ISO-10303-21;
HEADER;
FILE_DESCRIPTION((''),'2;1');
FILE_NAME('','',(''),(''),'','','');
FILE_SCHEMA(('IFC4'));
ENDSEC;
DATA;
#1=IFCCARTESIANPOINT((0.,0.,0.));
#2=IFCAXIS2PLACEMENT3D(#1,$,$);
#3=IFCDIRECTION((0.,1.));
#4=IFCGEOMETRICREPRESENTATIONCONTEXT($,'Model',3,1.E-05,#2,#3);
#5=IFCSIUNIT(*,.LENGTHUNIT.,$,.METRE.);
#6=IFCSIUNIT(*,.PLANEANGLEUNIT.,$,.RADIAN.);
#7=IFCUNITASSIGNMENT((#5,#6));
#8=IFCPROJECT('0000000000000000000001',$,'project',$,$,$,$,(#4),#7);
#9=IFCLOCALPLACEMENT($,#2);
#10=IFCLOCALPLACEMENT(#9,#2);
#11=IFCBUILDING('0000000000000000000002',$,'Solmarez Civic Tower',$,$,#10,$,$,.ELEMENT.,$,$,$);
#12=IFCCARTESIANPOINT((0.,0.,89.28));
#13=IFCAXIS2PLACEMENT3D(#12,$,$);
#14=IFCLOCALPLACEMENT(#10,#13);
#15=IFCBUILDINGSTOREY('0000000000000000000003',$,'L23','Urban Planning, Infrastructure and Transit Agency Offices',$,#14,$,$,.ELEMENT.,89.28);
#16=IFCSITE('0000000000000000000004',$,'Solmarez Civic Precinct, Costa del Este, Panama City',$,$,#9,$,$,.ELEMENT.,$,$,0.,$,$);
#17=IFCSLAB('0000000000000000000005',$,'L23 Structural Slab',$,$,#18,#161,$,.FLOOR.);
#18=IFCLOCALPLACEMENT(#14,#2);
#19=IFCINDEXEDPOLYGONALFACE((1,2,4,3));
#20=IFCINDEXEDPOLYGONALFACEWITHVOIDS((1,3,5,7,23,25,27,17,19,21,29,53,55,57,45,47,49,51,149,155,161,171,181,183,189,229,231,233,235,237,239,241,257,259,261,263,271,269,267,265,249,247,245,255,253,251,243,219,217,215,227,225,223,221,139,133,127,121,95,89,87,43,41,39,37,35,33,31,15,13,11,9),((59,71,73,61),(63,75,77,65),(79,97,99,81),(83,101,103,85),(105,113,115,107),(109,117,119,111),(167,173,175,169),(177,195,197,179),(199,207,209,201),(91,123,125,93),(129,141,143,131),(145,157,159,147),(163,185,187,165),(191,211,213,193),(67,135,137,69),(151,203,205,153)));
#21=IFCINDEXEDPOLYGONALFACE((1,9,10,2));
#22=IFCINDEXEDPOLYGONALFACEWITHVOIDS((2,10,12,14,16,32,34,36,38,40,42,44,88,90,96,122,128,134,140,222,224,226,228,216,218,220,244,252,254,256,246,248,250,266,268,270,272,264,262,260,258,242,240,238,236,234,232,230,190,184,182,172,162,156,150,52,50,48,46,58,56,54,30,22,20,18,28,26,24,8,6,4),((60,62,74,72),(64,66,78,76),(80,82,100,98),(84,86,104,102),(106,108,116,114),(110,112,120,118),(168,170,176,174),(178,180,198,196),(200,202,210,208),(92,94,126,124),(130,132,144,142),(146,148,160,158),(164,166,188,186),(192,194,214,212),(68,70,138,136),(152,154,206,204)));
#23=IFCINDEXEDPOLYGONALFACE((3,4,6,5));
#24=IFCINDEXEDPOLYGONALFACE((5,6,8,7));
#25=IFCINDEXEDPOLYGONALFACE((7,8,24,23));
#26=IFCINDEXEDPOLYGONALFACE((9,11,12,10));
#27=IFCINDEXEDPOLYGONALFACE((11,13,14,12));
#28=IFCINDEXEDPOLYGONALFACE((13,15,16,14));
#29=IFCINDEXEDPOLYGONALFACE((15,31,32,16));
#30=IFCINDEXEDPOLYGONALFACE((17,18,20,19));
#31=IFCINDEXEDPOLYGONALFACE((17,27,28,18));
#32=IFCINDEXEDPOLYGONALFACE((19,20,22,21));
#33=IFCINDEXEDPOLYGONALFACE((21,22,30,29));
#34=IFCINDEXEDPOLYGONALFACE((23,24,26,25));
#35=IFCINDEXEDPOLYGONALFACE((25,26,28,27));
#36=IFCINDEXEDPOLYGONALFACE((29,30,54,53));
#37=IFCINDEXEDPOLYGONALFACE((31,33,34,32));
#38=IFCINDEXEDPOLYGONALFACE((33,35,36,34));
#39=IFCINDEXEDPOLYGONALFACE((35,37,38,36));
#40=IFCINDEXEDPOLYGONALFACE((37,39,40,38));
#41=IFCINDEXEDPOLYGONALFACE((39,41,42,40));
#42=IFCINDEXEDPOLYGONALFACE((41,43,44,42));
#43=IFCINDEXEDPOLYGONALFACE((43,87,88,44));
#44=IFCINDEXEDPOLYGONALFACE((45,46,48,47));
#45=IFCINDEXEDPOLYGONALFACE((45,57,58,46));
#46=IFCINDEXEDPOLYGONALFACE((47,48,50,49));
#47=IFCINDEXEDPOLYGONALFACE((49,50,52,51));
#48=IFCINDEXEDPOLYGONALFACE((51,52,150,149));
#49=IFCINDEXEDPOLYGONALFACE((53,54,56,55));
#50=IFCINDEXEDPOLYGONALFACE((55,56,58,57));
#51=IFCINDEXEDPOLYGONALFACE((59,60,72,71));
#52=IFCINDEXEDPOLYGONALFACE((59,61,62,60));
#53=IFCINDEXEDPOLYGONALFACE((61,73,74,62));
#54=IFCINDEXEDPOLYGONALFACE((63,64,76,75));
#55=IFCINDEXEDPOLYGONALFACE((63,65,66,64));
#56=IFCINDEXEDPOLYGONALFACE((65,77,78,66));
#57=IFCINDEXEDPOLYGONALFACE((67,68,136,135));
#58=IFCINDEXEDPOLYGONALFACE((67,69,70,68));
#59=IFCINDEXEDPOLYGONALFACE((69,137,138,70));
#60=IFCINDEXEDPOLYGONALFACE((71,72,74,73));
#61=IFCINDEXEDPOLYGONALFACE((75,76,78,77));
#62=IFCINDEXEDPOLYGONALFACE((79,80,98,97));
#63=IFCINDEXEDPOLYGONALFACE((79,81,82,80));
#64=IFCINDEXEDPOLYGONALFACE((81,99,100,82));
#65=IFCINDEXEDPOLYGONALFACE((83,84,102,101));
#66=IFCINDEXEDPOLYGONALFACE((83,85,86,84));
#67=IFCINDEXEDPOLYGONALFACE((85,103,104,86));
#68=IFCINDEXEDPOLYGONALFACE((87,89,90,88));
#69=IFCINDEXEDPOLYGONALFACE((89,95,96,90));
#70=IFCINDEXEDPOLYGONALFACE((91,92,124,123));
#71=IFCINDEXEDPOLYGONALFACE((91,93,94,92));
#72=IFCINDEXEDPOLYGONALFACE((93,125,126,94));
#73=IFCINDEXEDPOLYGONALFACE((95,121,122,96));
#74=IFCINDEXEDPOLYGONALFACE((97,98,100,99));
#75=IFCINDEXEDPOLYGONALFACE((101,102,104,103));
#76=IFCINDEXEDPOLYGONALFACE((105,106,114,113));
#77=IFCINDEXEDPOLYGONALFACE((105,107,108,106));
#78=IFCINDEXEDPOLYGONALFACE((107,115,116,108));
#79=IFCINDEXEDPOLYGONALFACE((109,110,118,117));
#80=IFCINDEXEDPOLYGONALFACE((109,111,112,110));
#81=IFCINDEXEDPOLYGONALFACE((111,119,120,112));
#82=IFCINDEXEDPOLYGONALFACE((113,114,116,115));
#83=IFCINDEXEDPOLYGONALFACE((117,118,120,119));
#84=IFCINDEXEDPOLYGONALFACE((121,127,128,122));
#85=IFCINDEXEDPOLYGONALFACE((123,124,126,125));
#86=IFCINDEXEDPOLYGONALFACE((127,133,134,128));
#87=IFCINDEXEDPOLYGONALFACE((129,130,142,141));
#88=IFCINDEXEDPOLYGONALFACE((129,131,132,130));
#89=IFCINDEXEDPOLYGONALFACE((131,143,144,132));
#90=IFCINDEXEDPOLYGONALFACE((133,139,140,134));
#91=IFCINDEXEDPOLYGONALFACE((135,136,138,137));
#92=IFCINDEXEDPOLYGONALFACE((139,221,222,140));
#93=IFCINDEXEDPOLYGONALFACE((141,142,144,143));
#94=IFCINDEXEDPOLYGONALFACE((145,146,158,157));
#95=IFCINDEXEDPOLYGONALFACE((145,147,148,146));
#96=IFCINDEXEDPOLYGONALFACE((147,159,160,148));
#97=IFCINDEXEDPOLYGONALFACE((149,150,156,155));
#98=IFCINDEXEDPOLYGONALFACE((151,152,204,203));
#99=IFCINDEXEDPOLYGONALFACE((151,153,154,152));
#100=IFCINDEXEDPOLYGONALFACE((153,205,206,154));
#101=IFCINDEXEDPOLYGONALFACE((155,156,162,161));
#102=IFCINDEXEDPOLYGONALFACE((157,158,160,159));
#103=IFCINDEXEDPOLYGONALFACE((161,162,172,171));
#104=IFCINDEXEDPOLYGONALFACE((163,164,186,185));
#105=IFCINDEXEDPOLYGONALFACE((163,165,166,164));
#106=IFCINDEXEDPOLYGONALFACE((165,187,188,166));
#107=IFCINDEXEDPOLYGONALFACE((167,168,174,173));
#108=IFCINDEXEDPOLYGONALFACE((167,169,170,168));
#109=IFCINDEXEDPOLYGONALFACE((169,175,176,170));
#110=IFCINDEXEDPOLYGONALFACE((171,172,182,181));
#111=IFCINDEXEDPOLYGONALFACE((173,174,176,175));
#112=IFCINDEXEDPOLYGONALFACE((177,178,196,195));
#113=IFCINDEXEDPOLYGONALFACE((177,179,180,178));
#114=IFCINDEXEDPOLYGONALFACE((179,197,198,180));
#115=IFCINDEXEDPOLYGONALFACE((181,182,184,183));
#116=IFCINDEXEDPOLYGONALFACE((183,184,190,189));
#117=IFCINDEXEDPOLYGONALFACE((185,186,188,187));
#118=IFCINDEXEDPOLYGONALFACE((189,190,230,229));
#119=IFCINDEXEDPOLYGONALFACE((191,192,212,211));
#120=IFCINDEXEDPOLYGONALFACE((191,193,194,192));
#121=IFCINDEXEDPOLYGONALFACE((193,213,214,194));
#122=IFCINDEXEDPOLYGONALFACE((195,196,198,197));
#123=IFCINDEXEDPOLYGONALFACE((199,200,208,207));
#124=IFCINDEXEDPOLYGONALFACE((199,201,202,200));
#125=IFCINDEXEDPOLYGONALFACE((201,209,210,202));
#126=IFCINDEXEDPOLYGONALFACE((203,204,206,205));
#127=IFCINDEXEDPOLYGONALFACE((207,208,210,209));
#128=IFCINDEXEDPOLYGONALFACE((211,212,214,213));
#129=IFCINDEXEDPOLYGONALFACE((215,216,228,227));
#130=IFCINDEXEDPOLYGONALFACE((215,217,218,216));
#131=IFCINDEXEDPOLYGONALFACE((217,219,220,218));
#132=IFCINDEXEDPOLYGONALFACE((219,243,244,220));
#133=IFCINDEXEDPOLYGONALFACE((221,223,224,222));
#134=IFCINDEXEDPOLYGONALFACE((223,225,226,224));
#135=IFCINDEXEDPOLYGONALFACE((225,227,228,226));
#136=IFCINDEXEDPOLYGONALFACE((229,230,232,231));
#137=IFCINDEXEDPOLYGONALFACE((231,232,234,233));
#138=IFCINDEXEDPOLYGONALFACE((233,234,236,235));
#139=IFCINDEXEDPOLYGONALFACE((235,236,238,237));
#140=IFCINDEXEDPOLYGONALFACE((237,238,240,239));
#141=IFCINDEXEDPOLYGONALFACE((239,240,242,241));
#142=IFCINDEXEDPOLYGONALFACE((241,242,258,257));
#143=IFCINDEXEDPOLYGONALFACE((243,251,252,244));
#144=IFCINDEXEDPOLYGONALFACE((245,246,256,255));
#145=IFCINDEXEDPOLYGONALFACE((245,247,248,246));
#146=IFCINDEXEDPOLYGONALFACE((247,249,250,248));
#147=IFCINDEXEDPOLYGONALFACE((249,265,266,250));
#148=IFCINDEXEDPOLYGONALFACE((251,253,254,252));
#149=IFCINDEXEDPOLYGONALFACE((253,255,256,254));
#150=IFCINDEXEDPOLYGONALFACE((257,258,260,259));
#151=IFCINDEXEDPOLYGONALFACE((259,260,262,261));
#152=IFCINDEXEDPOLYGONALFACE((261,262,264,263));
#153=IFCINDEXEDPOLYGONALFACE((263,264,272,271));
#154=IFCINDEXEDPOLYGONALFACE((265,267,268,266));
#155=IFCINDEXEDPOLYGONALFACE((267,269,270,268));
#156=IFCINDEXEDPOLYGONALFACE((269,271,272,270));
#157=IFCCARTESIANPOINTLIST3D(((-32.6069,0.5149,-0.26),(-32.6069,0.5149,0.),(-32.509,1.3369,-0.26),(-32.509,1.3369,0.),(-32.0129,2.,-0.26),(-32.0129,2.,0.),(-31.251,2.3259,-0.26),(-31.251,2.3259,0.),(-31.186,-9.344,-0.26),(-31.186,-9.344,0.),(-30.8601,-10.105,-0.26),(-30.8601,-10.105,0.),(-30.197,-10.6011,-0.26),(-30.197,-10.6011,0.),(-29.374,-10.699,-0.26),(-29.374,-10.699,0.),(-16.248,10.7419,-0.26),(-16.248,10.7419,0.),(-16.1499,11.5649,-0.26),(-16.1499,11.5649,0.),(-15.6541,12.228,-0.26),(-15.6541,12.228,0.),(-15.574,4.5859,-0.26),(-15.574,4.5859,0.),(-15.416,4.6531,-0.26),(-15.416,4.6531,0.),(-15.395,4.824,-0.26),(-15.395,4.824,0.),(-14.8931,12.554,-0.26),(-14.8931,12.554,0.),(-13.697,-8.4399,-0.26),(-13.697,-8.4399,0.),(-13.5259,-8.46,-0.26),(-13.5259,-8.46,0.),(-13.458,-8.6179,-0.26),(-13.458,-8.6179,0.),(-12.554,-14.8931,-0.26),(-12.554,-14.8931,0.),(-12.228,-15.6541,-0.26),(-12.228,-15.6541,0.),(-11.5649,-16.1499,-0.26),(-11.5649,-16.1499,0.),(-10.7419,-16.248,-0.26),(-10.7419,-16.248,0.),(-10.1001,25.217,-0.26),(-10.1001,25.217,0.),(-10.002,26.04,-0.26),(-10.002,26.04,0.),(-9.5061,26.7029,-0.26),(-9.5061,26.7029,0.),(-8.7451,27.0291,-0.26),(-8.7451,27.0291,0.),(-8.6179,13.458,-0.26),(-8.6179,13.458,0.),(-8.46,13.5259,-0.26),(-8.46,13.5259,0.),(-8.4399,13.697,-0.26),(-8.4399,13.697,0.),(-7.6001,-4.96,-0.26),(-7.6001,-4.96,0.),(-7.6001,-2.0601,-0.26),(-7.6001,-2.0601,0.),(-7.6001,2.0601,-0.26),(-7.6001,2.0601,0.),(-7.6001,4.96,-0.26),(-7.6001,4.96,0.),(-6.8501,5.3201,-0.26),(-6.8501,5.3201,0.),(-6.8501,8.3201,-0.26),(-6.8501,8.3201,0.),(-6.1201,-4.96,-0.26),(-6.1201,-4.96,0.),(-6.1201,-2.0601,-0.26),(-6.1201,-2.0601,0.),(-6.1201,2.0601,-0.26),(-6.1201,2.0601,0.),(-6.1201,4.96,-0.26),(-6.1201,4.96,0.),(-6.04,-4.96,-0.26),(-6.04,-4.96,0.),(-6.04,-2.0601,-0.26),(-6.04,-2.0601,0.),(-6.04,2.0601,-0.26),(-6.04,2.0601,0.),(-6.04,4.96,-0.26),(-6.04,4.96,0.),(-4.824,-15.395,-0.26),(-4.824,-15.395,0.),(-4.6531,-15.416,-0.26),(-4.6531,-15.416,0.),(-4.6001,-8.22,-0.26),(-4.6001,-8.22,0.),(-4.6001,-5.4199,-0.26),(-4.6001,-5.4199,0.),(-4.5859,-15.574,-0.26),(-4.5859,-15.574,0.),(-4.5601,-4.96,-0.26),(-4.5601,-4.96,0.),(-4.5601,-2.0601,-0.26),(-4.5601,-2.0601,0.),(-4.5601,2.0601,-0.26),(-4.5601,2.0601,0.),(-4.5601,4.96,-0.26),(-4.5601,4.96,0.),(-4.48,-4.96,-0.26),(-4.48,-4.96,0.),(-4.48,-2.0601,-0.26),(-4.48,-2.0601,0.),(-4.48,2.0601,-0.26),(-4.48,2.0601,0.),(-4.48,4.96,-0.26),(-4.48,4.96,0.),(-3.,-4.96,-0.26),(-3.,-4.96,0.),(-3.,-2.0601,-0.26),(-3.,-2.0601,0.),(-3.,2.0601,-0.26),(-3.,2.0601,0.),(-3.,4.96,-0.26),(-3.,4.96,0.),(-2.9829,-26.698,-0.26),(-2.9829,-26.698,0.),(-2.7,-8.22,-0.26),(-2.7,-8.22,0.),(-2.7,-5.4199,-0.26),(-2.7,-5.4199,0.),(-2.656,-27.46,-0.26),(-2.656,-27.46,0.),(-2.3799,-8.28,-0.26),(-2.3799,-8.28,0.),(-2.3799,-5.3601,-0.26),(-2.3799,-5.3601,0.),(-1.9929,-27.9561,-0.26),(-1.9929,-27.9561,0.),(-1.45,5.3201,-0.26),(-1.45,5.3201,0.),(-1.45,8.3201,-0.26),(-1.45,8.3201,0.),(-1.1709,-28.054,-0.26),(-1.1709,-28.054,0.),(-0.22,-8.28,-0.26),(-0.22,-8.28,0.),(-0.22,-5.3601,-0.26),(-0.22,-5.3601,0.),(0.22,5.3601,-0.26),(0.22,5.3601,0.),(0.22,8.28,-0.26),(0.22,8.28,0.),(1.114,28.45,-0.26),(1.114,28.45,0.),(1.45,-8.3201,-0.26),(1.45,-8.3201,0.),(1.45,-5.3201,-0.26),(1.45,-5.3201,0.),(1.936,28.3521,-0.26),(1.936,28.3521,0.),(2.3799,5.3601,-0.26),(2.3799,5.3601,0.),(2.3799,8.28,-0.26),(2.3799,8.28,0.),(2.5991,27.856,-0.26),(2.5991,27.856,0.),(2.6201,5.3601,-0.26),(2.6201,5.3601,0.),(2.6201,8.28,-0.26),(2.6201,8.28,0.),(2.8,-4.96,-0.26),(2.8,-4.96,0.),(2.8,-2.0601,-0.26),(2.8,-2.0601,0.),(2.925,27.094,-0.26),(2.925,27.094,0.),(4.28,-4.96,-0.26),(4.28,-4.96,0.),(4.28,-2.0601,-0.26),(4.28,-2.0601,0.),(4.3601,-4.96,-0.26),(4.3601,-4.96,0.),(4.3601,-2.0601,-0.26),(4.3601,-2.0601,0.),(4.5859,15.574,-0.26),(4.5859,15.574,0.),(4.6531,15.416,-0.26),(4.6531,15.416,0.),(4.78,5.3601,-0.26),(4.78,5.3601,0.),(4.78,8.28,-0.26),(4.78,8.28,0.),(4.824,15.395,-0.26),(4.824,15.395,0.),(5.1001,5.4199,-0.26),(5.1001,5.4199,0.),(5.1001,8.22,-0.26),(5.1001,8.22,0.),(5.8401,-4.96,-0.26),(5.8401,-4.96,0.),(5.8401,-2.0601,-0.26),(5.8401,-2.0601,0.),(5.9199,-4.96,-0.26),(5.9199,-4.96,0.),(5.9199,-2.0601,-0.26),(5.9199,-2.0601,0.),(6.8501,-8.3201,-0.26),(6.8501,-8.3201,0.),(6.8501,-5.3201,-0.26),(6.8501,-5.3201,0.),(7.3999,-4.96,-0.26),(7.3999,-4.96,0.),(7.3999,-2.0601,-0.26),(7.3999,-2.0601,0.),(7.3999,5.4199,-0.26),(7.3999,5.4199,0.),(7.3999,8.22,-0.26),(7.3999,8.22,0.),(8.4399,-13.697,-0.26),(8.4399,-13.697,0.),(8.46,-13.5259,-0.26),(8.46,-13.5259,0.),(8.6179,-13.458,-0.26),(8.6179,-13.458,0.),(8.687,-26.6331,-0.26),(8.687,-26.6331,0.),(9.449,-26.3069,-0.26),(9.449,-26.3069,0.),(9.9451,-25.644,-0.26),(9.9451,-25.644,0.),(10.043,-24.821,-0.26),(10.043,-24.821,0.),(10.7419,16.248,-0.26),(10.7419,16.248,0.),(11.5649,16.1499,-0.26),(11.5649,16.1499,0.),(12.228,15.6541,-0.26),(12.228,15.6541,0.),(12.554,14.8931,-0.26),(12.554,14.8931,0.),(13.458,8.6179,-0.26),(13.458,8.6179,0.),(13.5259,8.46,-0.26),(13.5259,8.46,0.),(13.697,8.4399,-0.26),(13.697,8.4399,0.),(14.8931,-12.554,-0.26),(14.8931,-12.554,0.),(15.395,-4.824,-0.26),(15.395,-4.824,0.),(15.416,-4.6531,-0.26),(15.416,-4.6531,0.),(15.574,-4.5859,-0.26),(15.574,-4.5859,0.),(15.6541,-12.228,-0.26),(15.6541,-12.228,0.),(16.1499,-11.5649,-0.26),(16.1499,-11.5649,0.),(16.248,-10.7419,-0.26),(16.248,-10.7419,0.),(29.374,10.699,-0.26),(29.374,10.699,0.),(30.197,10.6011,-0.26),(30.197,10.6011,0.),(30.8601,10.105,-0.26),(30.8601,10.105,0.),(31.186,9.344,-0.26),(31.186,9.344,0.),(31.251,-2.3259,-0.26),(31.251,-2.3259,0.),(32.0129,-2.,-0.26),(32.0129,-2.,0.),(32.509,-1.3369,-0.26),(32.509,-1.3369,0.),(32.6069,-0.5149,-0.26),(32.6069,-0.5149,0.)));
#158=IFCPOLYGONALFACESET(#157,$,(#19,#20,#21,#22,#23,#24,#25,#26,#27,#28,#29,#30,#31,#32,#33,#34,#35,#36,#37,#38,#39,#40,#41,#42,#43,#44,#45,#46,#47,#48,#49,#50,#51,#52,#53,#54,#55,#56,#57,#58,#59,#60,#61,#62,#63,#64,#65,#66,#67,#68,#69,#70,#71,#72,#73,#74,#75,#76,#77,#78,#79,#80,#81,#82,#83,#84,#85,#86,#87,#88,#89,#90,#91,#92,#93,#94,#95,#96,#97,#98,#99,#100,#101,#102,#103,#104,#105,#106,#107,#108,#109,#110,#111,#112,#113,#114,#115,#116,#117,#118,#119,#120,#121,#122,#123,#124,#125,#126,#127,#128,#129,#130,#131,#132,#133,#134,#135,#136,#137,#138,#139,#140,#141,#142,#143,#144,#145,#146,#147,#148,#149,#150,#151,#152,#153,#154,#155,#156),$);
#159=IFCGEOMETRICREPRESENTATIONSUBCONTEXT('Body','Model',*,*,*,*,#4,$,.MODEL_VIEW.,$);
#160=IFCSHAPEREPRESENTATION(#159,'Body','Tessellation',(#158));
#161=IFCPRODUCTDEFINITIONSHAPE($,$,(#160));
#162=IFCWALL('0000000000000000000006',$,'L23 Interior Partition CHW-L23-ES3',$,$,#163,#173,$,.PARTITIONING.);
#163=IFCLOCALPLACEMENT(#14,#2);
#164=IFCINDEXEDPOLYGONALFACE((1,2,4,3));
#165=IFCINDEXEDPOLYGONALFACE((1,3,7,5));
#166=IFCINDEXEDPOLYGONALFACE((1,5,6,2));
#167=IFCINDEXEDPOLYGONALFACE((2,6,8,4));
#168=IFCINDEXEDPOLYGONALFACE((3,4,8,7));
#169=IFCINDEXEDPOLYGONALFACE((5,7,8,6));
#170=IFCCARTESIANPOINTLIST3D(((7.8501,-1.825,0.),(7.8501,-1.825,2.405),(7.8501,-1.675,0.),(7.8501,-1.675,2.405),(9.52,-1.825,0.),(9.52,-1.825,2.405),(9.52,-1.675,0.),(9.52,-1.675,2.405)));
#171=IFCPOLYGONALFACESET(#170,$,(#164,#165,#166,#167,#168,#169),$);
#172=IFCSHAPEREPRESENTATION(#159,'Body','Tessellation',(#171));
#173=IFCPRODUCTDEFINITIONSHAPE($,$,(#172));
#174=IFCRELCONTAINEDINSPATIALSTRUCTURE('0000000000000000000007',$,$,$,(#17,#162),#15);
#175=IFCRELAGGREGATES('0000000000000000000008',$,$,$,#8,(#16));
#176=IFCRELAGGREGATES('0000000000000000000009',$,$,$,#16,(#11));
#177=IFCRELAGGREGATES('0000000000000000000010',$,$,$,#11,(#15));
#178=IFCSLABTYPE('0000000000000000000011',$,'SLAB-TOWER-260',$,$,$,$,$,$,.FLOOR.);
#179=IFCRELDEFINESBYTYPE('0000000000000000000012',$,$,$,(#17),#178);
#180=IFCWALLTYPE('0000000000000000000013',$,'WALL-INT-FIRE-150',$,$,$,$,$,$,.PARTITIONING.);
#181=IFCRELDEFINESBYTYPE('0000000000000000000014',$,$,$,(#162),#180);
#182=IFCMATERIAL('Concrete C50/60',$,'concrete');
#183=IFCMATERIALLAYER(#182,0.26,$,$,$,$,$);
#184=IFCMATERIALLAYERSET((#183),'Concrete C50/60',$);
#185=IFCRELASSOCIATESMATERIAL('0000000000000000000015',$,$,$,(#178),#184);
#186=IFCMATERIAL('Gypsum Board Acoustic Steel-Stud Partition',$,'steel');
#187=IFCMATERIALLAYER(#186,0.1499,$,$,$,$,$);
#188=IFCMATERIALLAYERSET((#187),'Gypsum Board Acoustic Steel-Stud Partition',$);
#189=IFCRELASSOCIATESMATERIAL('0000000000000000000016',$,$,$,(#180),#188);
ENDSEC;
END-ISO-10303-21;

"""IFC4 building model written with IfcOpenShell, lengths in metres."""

from ifc_helpers import new_model, si_unit, direction, frame, frame_2d, origin, place, context, subcontext, project, spatial, polyline, rectangle, outline, extrude, material, layer, layer_set, type_object, element, save


model = new_model("IFC4")

# Units and contexts
model_context = context("Model", 3, precision=1e-05, world=origin(), true_north=direction((0.0, 1.0)))
body_context = subcontext(model_context, "Body", "Model", "MODEL_VIEW")
ifc_project = project(units=[si_unit("LENGTHUNIT", "METRE"), si_unit("PLANEANGLEUNIT", "RADIAN")], contexts=[model_context])

# Site, building, storey
site_placement = place(None, origin())
site = spatial("IfcSite", under=ifc_project, at=site_placement, Name="Solmarez Civic Precinct, Costa del Este, Panama City", CompositionType="ELEMENT", RefElevation=0.0)
building_placement = place(site_placement, origin())
building = spatial("IfcBuilding", under=site, at=building_placement, Name="Solmarez Civic Tower", CompositionType="ELEMENT")
storey_placement = place(building_placement, frame((0.0, 0.0, 89.28)))
storey = spatial("IfcBuildingStorey", under=building, at=storey_placement, Name="L23", Description="Urban Planning, Infrastructure and Transit Agency Offices", CompositionType="ELEMENT", Elevation=89.28)

# Shared definitions
ifc_material_1 = material(Name="Concrete C50/60", Category="concrete")

# Slab
ifc_layer_1 = layer(ifc_material_1, 0.26)
ifc_layer_set_1 = layer_set([ifc_layer_1], Name="Concrete C50/60")
slab_type_1 = type_object("IfcSlabType", Name="SLAB-TOWER-260", PredefinedType="FLOOR", material=ifc_layer_set_1)
slab_1_placement = place(storey_placement, frame((0.0, 0.0, -0.26)))
element("IfcSlab", 1, at=slab_1_placement, inside=storey, type_object=slab_type_1, Name="L23 Structural Slab", PredefinedType="FLOOR", context=body_context, shape_type="SweptSolid", body=[
    extrude(outline(polyline([(-13.458, -8.6179), (-12.554, -14.8931), (-12.228, -15.6541), (-11.5649, -16.1499), (-10.7419, -16.248), (-4.824, -15.395), (-4.6531, -15.416), (-4.5859, -15.574), (-2.9829, -26.698), (-2.656, -27.46), (-1.9929, -27.9561), (-1.1709, -28.054), (8.687, -26.6331), (9.449, -26.3069), (9.9451, -25.644), (10.043, -24.821), (8.4399, -13.697), (8.46, -13.5259), (8.6179, -13.458), (14.8931, -12.554), (15.6541, -12.228), (16.1499, -11.5649), (16.248, -10.7419), (15.395, -4.824), (15.416, -4.6531), (15.574, -4.5859), (31.251, -2.3259), (32.0129, -2.0), (32.509, -1.3369), (32.6069, -0.5149), (31.186, 9.344), (30.8601, 10.105), (30.197, 10.6011), (29.374, 10.699), (13.697, 8.4399), (13.5259, 8.46), (13.458, 8.6179), (12.554, 14.8931), (12.228, 15.6541), (11.5649, 16.1499), (10.7419, 16.248), (4.824, 15.395), (4.6531, 15.416), (4.5859, 15.574), (2.925, 27.094), (2.5991, 27.856), (1.936, 28.3521), (1.114, 28.45), (-8.7451, 27.0291), (-9.5061, 26.7029), (-10.002, 26.04), (-10.1001, 25.217), (-8.4399, 13.697), (-8.46, 13.5259), (-8.6179, 13.458), (-14.8931, 12.554), (-15.6541, 12.228), (-16.1499, 11.5649), (-16.248, 10.7419), (-15.395, 4.824), (-15.416, 4.6531), (-15.574, 4.5859), (-31.251, 2.3259), (-32.0129, 2.0), (-32.509, 1.3369), (-32.6069, 0.5149), (-31.186, -9.344), (-30.8601, -10.105), (-30.197, -10.6011), (-29.374, -10.699), (-13.697, -8.4399), (-13.5259, -8.46), (-13.458, -8.6179)]), holes=[polyline([(-1.45, 8.3201), (-6.8501, 8.3201), (-6.8501, 5.3201), (-1.45, 5.3201), (-1.45, 8.3201)]), polyline([(1.45, -8.3201), (6.8501, -8.3201), (6.8501, -5.3201), (1.45, -5.3201), (1.45, -8.3201)]), polyline([(0.22, 5.3601), (2.3799, 5.3601), (2.3799, 8.28), (0.22, 8.28), (0.22, 5.3601)]), polyline([(2.6201, 5.3601), (4.78, 5.3601), (4.78, 8.28), (2.6201, 8.28), (2.6201, 5.3601)]), polyline([(-2.3799, -8.28), (-0.22, -8.28), (-0.22, -5.3601), (-2.3799, -5.3601), (-2.3799, -8.28)]), polyline([(2.8, -4.96), (4.28, -4.96), (4.28, -2.0601), (2.8, -2.0601), (2.8, -4.96)]), polyline([(4.3601, -4.96), (5.8401, -4.96), (5.8401, -2.0601), (4.3601, -2.0601), (4.3601, -4.96)]), polyline([(5.9199, -4.96), (7.3999, -4.96), (7.3999, -2.0601), (5.9199, -2.0601), (5.9199, -4.96)]), polyline([(-7.6001, -4.96), (-6.1201, -4.96), (-6.1201, -2.0601), (-7.6001, -2.0601), (-7.6001, -4.96)]), polyline([(-6.04, -4.96), (-4.5601, -4.96), (-4.5601, -2.0601), (-6.04, -2.0601), (-6.04, -4.96)]), polyline([(-4.48, -4.96), (-3.0, -4.96), (-3.0, -2.0601), (-4.48, -2.0601), (-4.48, -4.96)]), polyline([(-7.6001, 2.0601), (-6.1201, 2.0601), (-6.1201, 4.96), (-7.6001, 4.96), (-7.6001, 2.0601)]), polyline([(-6.04, 2.0601), (-4.5601, 2.0601), (-4.5601, 4.96), (-6.04, 4.96), (-6.04, 2.0601)]), polyline([(-4.48, 2.0601), (-3.0, 2.0601), (-3.0, 4.96), (-4.48, 4.96), (-4.48, 2.0601)]), polyline([(5.1001, 5.4199), (7.3999, 5.4199), (7.3999, 8.22), (5.1001, 8.22), (5.1001, 5.4199)]), polyline([(-4.6001, -8.22), (-2.7, -8.22), (-2.7, -5.4199), (-4.6001, -5.4199), (-4.6001, -8.22)])]), origin(), (0.0, 0.0, 1.0), 0.26),
])

# Wall
ifc_material_2 = material(Name="Gypsum Board Acoustic Steel-Stud Partition", Category="steel")
ifc_layer_2 = layer(ifc_material_2, 0.1499)
ifc_layer_set_2 = layer_set([ifc_layer_2], Name="Gypsum Board Acoustic Steel-Stud Partition")
wall_type_1 = type_object("IfcWallType", Name="WALL-INT-FIRE-150", PredefinedType="PARTITIONING", material=ifc_layer_set_2)
wall_1_placement = place(storey_placement, frame((7.8501, -1.75, 0.0), z_axis=(0.0, 0.0, 1.0), x_axis=(1.0, 0.0, 0.0)))
element("IfcWall", 2, at=wall_1_placement, inside=storey, type_object=wall_type_1, Name="L23 Interior Partition CHW-L23-ES3", PredefinedType="PARTITIONING", context=body_context, shape_type="SweptSolid", body=[
    extrude(rectangle(XDim=1.6699, YDim=0.1499, at=frame_2d((0.835, 0.0))), origin(), (0.0, 0.0, 1.0), 2.405),
])

save(model, "model.ifc")
